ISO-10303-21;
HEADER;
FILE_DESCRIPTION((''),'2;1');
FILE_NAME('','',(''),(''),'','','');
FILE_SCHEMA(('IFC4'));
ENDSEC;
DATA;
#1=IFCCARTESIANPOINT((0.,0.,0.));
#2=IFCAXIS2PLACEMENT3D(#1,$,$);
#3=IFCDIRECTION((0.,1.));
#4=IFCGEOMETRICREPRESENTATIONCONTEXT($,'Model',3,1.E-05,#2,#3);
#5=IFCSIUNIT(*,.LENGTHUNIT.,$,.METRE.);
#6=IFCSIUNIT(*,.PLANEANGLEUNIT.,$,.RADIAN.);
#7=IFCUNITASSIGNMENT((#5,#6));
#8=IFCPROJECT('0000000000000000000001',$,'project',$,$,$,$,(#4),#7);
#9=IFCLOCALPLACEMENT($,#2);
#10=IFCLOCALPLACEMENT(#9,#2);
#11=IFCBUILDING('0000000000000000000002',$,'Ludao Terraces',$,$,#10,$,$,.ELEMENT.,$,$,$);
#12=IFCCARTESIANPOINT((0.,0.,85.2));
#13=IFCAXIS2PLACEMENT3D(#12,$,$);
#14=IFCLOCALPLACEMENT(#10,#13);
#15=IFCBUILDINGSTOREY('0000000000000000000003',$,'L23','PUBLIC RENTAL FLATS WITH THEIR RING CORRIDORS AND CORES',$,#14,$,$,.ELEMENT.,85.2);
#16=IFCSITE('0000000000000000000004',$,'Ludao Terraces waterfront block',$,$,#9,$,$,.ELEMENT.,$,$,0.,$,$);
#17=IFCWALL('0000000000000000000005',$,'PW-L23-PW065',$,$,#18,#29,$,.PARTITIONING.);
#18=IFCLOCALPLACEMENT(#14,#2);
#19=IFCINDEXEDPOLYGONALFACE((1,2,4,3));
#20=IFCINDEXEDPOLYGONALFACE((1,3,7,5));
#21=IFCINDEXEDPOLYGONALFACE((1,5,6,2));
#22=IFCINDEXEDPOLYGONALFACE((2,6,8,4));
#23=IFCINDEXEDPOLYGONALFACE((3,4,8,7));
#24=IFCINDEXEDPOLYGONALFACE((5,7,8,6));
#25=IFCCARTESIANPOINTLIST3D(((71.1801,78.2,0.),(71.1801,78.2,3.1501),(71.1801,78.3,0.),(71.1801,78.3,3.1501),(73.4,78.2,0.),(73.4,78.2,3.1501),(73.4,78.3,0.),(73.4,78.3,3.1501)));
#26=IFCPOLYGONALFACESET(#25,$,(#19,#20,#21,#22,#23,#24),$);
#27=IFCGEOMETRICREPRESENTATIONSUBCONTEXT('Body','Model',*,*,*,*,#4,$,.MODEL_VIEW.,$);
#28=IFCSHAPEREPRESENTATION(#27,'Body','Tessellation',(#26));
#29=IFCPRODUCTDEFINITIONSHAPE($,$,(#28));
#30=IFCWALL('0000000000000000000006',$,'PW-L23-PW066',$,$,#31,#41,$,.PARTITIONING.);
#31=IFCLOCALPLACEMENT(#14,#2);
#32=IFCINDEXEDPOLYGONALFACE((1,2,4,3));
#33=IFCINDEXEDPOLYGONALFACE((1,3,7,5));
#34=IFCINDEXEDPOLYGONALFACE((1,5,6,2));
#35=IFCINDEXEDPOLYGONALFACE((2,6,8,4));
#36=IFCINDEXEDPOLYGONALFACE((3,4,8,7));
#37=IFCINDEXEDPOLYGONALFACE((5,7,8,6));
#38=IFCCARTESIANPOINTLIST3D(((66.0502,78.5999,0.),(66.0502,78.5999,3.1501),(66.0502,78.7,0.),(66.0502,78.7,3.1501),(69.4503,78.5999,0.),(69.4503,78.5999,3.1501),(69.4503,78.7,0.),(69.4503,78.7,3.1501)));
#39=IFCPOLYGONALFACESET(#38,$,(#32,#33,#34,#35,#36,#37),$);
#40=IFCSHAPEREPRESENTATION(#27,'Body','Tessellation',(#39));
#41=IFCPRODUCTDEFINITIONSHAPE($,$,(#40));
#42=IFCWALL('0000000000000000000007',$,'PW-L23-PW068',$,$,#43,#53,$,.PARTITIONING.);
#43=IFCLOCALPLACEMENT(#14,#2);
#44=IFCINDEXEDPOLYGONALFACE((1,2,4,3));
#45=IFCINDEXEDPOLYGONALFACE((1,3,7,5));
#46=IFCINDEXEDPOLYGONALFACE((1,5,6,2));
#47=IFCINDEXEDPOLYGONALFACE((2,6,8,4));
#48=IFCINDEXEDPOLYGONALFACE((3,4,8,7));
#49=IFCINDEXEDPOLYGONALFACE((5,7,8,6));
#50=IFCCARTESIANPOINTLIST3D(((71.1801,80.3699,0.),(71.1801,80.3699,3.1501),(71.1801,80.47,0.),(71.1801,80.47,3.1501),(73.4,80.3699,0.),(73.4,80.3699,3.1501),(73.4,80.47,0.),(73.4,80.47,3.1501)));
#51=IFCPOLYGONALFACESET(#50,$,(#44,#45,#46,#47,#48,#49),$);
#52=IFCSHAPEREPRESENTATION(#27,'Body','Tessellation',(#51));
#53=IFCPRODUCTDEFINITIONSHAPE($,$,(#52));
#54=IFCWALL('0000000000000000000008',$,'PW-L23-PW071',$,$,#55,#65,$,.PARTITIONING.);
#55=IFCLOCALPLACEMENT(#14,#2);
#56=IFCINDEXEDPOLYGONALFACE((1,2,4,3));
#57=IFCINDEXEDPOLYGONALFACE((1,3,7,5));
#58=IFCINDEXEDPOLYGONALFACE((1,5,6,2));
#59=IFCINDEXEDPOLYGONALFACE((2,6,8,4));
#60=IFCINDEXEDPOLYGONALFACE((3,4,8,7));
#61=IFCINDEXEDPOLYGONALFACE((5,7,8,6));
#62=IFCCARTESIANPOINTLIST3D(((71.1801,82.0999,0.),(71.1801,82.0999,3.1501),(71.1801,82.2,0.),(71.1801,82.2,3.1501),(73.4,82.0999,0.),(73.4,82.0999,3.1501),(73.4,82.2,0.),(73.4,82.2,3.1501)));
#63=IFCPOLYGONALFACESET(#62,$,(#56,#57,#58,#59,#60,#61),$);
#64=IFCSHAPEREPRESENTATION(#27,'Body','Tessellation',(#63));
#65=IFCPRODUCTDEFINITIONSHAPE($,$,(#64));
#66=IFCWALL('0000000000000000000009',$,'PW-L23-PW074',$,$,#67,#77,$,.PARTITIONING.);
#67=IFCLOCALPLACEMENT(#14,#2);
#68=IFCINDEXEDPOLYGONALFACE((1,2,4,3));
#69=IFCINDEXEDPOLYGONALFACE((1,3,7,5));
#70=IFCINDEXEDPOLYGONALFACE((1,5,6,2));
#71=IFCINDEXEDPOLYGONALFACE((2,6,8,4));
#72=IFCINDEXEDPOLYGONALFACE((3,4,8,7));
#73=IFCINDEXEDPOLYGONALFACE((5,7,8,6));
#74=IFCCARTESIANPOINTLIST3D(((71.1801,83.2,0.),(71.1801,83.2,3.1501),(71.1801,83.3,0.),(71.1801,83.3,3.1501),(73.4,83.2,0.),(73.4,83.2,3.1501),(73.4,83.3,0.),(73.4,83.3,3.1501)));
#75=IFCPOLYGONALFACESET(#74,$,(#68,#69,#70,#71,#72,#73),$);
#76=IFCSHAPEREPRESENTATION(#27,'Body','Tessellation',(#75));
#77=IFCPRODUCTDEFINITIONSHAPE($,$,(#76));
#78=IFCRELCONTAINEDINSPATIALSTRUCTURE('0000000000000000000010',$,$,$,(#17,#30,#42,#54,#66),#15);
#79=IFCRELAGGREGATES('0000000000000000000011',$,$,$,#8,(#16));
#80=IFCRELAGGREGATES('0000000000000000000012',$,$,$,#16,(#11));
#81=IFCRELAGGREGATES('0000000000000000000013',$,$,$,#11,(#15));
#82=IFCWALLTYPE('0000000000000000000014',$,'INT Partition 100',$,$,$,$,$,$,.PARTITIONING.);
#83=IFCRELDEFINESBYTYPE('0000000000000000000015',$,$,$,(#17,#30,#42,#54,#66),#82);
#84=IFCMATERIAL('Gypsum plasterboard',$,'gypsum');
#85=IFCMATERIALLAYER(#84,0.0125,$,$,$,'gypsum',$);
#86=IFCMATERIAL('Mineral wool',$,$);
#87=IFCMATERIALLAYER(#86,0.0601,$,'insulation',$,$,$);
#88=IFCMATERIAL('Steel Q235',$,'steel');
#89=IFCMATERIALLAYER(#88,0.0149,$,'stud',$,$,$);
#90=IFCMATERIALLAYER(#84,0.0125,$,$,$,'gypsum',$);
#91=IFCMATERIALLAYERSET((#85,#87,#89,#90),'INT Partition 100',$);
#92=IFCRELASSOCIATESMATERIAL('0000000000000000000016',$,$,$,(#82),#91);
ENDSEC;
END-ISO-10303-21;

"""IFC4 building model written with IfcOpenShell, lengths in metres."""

from ifc_helpers import new_model, si_unit, direction, frame, frame_2d, origin, place, context, subcontext, project, spatial, rectangle, extrude, material, layer, layer_set, type_object, element, save


model = new_model("IFC4")

# Units and contexts
model_context = context("Model", 3, precision=1e-05, world=origin(), true_north=direction((0.0, 1.0)))
body_context = subcontext(model_context, "Body", "Model", "MODEL_VIEW")
ifc_project = project(units=[si_unit("LENGTHUNIT", "METRE"), si_unit("PLANEANGLEUNIT", "RADIAN")], contexts=[model_context])

# Site, building, storey
site_placement = place(None, origin())
site = spatial("IfcSite", under=ifc_project, at=site_placement, Name="Ludao Terraces waterfront block", CompositionType="ELEMENT", RefElevation=0.0)
building_placement = place(site_placement, origin())
building = spatial("IfcBuilding", under=site, at=building_placement, Name="Ludao Terraces", CompositionType="ELEMENT")
storey_placement = place(building_placement, frame((0.0, 0.0, 85.2)))
storey = spatial("IfcBuildingStorey", under=building, at=storey_placement, Name="L23", Description="PUBLIC RENTAL FLATS WITH THEIR RING CORRIDORS AND CORES", CompositionType="ELEMENT", Elevation=85.2)

# Shared definitions
ifc_material_1 = material(Name="Mineral wool")

# Walls
ifc_material_2 = material(Name="Gypsum plasterboard", Category="gypsum")
ifc_layer_1 = layer(ifc_material_2, 0.0125, Category="gypsum")
ifc_layer_2 = layer(ifc_material_1, 0.0601, Name="insulation")
ifc_material_3 = material(Name="Steel Q235", Category="steel")
ifc_layer_3 = layer(ifc_material_3, 0.0149, Name="stud")
ifc_layer_4 = layer(ifc_material_2, 0.0125, Category="gypsum")
ifc_layer_set_1 = layer_set([ifc_layer_1, ifc_layer_2, ifc_layer_3, ifc_layer_4], Name="INT Partition 100")
wall_type_1 = type_object("IfcWallType", Name="INT Partition 100", PredefinedType="PARTITIONING", material=ifc_layer_set_1)
wall_1_placement = place(storey_placement, frame((71.1802, 78.25, 0.0), z_axis=(0.0, 0.0, 1.0), x_axis=(1.0, 0.0, 0.0)))
element("IfcWall", 1, at=wall_1_placement, inside=storey, type_object=wall_type_1, Name="PW-L23-PW065", PredefinedType="PARTITIONING", context=body_context, shape_type="SweptSolid", body=[
    extrude(rectangle(XDim=2.22, YDim=0.1001, at=frame_2d((1.1099, 0.0))), origin(), (0.0, 0.0, 1.0), 3.1501),
])
wall_2_placement = place(storey_placement, frame((66.05, 78.6499, 0.0), z_axis=(0.0, 0.0, 1.0), x_axis=(1.0, 0.0, 0.0)))
element("IfcWall", 2, at=wall_2_placement, inside=storey, type_object=wall_type_1, Name="PW-L23-PW066", PredefinedType="PARTITIONING", context=body_context, shape_type="SweptSolid", body=[
    extrude(rectangle(XDim=3.4001, YDim=0.1001, at=frame_2d((1.7002, 0.0))), origin(), (0.0, 0.0, 1.0), 3.1501),
])
for number, where, z_axis, x_axis, name in (
    (3, (71.1802, 80.4199, 0.0), (0.0, 0.0, 1.0), (1.0, 0.0, 0.0), "PW-L23-PW068"),
    (4, (71.1802, 82.1499, 0.0), (0.0, 0.0, 1.0), (1.0, 0.0, 0.0), "PW-L23-PW071"),
    (5, (71.1802, 83.25, 0.0), (0.0, 0.0, 1.0), (1.0, 0.0, 0.0), "PW-L23-PW074"),
):
    element("IfcWall", number, at=place(storey_placement, frame(where, z_axis=z_axis, x_axis=x_axis)), inside=storey, type_object=wall_type_1, Name=name, PredefinedType="PARTITIONING", context=body_context, shape_type="SweptSolid", body=[
        extrude(rectangle(XDim=2.22, YDim=0.1001, at=frame_2d((1.1099, 0.0))), origin(), (0.0, 0.0, 1.0), 3.1501),
    ])

save(model, "model.ifc")
